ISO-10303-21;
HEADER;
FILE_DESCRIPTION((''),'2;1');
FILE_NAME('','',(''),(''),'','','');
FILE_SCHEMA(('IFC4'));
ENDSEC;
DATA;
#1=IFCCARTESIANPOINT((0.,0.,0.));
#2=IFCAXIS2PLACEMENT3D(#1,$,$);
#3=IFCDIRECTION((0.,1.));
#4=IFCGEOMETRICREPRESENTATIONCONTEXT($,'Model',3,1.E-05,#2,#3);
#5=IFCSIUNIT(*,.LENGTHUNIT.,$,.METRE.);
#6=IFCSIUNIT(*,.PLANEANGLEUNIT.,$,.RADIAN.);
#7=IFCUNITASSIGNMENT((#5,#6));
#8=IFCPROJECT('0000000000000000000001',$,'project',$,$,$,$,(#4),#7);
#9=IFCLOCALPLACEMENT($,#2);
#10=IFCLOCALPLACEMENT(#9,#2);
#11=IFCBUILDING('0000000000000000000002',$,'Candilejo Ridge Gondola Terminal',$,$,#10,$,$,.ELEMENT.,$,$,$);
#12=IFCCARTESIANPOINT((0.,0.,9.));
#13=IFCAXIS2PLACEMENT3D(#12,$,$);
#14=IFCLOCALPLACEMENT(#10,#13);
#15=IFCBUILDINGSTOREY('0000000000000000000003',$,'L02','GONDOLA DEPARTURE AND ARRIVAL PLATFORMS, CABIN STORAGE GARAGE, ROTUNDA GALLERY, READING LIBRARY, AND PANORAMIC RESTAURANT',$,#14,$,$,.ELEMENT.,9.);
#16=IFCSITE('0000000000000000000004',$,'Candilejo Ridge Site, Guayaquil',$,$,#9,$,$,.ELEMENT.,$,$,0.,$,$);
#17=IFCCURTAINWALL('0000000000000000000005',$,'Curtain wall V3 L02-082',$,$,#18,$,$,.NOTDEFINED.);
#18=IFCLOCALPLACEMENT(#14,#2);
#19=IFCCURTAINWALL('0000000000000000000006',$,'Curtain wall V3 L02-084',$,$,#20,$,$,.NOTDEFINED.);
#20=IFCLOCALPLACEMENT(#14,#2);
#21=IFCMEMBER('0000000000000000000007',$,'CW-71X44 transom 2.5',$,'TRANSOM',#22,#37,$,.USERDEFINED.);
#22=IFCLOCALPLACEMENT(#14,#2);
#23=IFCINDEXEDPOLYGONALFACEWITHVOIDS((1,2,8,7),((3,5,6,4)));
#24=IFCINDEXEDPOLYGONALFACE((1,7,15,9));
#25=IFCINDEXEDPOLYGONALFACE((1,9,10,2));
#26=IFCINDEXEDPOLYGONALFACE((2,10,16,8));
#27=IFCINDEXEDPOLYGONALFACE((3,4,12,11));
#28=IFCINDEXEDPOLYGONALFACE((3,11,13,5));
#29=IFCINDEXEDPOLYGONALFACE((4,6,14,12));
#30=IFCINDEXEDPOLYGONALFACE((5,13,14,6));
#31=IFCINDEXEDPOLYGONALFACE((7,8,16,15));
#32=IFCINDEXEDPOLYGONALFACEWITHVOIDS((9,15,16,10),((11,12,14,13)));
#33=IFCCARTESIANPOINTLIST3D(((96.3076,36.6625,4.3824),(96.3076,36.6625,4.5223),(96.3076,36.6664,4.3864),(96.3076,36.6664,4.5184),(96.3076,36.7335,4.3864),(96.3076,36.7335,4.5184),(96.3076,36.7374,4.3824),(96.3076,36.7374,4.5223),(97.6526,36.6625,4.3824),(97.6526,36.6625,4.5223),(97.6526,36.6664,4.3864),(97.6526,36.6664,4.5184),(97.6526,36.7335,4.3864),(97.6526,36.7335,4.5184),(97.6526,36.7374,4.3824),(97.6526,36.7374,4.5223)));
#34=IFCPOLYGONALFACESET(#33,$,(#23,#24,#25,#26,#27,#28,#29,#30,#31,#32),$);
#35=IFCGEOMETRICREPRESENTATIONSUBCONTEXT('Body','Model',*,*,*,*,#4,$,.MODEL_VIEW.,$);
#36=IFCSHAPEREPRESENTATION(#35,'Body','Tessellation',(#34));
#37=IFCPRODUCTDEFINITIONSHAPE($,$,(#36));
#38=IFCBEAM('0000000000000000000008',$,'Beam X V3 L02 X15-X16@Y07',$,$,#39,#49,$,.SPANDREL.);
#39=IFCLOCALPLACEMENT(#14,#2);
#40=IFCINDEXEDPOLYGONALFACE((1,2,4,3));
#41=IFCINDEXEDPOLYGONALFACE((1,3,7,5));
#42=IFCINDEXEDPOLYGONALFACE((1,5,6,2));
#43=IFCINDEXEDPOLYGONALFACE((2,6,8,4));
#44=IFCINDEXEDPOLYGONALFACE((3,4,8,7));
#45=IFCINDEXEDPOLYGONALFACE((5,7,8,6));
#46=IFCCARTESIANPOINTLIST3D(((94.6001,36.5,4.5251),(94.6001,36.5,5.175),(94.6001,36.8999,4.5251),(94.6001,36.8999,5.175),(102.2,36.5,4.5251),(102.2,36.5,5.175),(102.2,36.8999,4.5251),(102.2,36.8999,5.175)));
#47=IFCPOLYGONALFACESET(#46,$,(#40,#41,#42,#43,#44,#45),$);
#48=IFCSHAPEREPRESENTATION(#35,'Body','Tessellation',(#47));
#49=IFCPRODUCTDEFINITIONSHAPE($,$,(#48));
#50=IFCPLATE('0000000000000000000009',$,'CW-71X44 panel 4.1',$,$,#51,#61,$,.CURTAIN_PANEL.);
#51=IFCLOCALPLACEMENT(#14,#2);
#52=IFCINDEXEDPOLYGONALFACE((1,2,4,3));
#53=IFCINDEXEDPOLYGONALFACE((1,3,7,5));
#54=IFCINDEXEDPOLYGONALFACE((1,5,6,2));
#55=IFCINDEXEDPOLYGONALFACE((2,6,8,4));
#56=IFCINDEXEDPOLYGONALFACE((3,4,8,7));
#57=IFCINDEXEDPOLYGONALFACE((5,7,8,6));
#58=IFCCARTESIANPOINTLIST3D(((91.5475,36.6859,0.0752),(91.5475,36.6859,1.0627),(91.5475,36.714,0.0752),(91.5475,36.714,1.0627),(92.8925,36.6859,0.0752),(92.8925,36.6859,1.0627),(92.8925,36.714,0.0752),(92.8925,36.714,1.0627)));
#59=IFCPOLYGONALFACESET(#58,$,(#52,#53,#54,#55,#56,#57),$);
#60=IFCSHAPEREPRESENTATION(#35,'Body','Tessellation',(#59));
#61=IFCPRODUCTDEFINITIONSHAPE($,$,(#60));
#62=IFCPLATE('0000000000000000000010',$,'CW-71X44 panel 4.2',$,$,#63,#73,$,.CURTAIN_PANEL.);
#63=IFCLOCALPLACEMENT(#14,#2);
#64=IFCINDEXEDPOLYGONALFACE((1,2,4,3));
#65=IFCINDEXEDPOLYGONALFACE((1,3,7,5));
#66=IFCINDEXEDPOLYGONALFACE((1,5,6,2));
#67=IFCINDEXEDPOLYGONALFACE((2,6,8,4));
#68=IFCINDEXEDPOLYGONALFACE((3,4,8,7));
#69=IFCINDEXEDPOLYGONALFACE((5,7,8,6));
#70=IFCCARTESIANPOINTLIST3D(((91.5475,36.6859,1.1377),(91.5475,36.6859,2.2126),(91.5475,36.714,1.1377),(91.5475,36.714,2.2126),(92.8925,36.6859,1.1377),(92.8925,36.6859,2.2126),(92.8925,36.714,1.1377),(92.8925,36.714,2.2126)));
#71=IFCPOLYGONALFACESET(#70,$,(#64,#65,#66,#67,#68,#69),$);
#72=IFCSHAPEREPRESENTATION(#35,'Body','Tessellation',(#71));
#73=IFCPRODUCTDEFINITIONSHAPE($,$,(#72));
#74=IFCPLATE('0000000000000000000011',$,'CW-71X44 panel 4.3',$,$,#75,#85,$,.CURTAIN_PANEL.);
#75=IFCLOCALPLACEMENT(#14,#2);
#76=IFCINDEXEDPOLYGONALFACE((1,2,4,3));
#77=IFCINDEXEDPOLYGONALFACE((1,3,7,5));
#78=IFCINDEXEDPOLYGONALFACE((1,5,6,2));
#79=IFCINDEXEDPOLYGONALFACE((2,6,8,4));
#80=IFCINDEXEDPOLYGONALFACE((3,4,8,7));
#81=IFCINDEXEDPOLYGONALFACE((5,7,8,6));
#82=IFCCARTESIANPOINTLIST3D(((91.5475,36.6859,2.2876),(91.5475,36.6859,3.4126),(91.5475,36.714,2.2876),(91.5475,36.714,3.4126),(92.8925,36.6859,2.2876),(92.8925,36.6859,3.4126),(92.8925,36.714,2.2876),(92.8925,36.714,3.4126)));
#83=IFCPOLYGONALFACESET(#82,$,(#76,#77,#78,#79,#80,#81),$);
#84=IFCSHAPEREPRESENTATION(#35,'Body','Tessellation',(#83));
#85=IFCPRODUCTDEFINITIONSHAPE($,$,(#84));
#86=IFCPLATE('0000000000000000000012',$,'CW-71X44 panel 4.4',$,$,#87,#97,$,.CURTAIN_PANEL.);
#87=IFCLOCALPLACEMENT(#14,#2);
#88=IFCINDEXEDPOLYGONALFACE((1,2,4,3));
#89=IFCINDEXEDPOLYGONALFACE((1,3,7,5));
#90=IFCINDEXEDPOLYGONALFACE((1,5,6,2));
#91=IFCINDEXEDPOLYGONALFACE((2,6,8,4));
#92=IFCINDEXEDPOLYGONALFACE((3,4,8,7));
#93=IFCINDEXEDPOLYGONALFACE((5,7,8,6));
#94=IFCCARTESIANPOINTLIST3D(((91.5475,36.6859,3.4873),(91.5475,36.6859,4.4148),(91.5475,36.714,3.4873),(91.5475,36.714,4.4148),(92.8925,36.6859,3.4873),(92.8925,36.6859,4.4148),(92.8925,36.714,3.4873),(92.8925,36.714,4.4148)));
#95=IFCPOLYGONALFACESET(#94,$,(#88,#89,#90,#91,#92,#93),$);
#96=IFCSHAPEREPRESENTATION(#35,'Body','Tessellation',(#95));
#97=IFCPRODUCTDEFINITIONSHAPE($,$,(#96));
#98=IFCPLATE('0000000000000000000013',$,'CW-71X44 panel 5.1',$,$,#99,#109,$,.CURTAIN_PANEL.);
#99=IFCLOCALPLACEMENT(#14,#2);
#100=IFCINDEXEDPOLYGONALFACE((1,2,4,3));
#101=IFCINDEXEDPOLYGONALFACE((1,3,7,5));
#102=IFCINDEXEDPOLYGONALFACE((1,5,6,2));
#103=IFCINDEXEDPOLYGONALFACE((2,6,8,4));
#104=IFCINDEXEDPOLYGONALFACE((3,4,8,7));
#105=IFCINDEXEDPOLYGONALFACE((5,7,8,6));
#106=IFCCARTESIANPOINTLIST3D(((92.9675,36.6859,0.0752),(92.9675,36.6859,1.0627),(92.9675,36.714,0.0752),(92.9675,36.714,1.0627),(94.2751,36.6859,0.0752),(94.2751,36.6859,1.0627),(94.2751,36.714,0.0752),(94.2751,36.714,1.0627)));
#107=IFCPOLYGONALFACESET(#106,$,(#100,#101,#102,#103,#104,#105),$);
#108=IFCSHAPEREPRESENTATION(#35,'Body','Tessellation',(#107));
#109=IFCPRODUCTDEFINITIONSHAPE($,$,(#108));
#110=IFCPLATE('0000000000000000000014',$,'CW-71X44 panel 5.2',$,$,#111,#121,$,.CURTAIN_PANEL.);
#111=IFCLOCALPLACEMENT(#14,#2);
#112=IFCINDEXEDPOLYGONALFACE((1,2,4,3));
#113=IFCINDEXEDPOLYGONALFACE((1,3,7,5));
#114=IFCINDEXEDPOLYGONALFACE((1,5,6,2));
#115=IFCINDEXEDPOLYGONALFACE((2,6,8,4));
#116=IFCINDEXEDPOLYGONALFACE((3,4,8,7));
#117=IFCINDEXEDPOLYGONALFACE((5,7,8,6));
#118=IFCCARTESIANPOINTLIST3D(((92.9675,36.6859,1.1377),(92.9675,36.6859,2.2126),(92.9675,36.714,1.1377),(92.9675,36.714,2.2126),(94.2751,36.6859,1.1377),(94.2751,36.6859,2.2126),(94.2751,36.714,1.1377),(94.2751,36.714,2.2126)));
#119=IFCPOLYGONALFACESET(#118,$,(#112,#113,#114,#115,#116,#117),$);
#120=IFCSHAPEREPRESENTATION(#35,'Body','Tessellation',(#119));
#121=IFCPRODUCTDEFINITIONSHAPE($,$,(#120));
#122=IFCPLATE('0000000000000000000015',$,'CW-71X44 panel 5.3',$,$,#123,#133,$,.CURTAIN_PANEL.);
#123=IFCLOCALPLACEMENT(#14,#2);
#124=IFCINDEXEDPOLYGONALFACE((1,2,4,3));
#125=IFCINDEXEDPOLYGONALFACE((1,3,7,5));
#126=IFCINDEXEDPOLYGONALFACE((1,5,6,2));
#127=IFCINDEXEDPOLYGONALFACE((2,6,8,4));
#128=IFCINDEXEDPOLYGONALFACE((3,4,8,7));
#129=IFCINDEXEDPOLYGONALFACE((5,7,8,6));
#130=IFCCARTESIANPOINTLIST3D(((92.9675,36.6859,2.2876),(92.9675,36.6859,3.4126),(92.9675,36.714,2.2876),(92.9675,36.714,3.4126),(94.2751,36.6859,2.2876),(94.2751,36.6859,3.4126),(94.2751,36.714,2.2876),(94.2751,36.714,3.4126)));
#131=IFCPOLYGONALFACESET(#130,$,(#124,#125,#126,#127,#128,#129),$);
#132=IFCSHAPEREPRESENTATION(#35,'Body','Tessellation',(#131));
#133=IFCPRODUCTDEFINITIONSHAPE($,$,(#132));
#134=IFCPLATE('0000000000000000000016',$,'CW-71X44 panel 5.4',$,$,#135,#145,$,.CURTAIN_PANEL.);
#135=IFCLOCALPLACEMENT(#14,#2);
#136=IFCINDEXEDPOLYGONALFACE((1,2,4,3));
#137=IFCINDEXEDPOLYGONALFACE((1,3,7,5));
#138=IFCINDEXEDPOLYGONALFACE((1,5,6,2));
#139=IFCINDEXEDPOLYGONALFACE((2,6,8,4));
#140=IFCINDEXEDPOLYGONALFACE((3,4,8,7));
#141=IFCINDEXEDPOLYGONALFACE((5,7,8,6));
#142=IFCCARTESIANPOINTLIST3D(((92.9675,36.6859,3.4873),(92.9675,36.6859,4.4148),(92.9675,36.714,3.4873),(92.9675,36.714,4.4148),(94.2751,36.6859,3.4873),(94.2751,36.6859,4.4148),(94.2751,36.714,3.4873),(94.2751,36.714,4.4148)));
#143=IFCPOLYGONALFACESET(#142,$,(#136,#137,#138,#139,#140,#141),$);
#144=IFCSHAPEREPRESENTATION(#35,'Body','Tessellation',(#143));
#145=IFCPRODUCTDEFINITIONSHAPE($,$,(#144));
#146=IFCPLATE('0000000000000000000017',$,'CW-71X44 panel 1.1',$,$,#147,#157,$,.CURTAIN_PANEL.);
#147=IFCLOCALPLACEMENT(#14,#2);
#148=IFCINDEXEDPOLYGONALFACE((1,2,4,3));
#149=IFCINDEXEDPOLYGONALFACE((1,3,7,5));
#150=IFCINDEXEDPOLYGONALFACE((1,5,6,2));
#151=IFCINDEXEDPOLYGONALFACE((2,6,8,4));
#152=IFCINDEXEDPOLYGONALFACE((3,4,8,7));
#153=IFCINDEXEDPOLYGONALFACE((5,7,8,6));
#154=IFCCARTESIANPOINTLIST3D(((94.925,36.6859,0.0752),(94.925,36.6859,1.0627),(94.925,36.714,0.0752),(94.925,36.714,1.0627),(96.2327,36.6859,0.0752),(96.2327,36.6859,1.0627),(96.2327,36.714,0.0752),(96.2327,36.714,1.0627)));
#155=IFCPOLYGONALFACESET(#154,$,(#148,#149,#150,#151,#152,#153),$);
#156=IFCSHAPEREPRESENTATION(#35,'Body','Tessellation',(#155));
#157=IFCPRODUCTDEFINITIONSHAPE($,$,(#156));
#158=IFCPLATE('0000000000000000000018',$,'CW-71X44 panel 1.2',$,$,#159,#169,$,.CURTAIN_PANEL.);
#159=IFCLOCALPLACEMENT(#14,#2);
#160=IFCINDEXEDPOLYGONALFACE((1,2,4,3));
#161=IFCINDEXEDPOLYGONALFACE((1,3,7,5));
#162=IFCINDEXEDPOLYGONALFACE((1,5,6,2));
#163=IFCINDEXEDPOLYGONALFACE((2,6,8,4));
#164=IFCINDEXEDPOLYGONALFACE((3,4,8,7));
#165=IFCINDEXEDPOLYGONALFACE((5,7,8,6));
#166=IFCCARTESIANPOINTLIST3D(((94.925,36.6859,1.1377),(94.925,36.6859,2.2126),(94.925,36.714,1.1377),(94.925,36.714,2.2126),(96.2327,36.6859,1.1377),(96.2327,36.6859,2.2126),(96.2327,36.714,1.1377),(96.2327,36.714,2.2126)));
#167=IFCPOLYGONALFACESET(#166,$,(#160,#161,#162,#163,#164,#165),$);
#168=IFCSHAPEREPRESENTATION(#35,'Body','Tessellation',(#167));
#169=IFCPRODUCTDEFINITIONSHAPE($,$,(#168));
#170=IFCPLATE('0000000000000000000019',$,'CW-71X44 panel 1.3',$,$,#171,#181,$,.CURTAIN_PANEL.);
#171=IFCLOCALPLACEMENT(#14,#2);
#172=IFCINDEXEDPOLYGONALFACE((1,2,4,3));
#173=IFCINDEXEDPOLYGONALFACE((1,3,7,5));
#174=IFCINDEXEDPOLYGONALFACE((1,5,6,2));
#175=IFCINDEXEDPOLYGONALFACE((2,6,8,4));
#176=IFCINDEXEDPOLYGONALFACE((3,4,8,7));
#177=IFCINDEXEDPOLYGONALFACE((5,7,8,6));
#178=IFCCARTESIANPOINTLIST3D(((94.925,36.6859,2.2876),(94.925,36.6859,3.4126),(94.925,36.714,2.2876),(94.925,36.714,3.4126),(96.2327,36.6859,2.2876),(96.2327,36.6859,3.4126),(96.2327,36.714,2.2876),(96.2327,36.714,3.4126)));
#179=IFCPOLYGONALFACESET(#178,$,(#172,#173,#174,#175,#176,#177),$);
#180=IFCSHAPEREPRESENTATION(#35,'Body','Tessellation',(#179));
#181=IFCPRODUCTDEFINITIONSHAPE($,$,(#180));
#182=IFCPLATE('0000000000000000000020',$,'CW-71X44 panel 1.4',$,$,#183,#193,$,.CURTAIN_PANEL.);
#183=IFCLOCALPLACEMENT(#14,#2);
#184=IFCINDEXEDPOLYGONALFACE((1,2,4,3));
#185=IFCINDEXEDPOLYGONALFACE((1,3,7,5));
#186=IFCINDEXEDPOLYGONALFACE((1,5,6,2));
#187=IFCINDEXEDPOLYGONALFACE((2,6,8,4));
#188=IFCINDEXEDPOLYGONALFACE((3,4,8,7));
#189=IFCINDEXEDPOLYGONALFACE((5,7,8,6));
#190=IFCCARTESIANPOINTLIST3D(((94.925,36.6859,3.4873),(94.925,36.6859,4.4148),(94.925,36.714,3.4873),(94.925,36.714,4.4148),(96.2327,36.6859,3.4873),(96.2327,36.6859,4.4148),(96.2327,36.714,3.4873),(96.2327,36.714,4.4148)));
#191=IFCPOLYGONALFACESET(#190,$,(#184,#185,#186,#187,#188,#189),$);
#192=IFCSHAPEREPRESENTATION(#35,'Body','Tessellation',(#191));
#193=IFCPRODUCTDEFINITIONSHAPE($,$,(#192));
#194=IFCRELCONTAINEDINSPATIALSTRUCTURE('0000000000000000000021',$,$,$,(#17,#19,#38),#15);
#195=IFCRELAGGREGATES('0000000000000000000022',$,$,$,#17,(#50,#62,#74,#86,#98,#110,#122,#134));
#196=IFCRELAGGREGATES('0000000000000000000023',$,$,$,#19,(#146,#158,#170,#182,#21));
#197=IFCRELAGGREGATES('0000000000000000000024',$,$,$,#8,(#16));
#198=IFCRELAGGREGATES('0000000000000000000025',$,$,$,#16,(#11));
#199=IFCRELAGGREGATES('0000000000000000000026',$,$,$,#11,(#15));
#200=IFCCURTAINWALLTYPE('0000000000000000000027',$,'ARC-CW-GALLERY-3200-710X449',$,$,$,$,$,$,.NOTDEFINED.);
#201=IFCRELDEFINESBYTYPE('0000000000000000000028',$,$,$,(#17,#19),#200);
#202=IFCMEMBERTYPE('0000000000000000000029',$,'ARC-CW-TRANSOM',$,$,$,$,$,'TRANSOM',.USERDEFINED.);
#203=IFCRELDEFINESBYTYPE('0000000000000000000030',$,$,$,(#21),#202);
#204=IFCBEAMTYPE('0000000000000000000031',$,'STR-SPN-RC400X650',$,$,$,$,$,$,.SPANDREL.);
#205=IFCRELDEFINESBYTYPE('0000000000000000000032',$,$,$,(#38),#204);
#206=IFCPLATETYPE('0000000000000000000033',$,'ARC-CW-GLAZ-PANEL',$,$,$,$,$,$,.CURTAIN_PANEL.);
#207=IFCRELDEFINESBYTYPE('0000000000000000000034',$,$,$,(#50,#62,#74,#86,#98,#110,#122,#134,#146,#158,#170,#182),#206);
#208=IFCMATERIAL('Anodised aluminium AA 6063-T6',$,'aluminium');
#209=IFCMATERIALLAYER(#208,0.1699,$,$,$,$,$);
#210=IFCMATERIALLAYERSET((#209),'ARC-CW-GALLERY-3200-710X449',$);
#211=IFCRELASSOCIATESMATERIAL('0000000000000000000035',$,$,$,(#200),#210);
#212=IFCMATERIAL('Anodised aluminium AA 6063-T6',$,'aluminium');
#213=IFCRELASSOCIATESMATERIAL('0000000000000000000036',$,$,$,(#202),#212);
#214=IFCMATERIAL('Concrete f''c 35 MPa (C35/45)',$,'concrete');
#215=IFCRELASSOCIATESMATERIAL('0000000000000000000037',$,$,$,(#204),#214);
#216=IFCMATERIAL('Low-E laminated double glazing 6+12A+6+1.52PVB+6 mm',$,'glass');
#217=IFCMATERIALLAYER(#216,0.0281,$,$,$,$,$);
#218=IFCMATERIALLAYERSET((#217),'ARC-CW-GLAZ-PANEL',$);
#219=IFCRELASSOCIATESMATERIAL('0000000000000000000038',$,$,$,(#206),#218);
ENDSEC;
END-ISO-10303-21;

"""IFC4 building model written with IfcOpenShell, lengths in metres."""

from ifc_helpers import new_model, si_unit, direction, frame, origin, origin_2d, place, context, subcontext, project, spatial, rectangle, hollow_rectangle, extrude, material, layer, layer_set, material_profile, profile_set, type_object, element, aggregate, save


model = new_model("IFC4")

# Units and contexts
model_context = context("Model", 3, precision=1e-05, world=origin(), true_north=direction((0.0, 1.0)))
body_context = subcontext(model_context, "Body", "Model", "MODEL_VIEW")
ifc_project = project(units=[si_unit("LENGTHUNIT", "METRE"), si_unit("PLANEANGLEUNIT", "RADIAN")], contexts=[model_context])

# Site, building, storey
site_placement = place(None, origin())
site = spatial("IfcSite", under=ifc_project, at=site_placement, Name="Candilejo Ridge Site, Guayaquil", CompositionType="ELEMENT", RefElevation=0.0)
building_placement = place(site_placement, origin())
building = spatial("IfcBuilding", under=site, at=building_placement, Name="Candilejo Ridge Gondola Terminal", CompositionType="ELEMENT")
storey_placement = place(building_placement, frame((0.0, 0.0, 9.0)))
storey = spatial("IfcBuildingStorey", under=building, at=storey_placement, Name="L02", Description="GONDOLA DEPARTURE AND ARRIVAL PLATFORMS, CABIN STORAGE GARAGE, ROTUNDA GALLERY, READING LIBRARY, AND PANORAMIC RESTAURANT", CompositionType="ELEMENT", Elevation=9.0)

# Curtain walls
ifc_material_1 = material(Name="Anodised aluminium AA 6063-T6", Category="aluminium")
ifc_layer_1 = layer(ifc_material_1, 0.1699)
ifc_layer_set_1 = layer_set([ifc_layer_1], Name="ARC-CW-GALLERY-3200-710X449")
curtain_wall_type = type_object("IfcCurtainWallType", Name="ARC-CW-GALLERY-3200-710X449", PredefinedType="NOTDEFINED", material=ifc_layer_set_1)
curtain_wall_1_placement = place(storey_placement, origin())
curtain_wall_1 = element("IfcCurtainWall", 1, at=curtain_wall_1_placement, inside=storey, type_object=curtain_wall_type, Name="Curtain wall V3 L02-082", PredefinedType="NOTDEFINED")
curtain_wall_2_placement = place(storey_placement, origin())
curtain_wall_2 = element("IfcCurtainWall", 2, at=curtain_wall_2_placement, inside=storey, type_object=curtain_wall_type, Name="Curtain wall V3 L02-084", PredefinedType="NOTDEFINED")

# Member
ifc_material_2 = material(Name="Anodised aluminium AA 6063-T6", Category="aluminium")
ifc_material_profile_1 = material_profile(ifc_material_2, hollow_rectangle(XDim=0.075, YDim=0.1399, WallThickness=0.0039, at=origin_2d()))
ifc_profile_set_1 = profile_set([ifc_material_profile_1], Name="Anodised aluminium AA 6063-T6")
member_type_1 = type_object("IfcMemberType", Name="ARC-CW-TRANSOM", ElementType="TRANSOM", PredefinedType="USERDEFINED", material=ifc_profile_set_1)
member_1_placement = place(storey_placement, frame((96.3076, 36.7, 4.4524), z_axis=(1.0, 0.0, 0.0), x_axis=(0.0, 1.0, 0.0)))
member_1 = element("IfcMember", 3, at=member_1_placement, type_object=member_type_1, Name="CW-71X44 transom 2.5", ObjectType="TRANSOM", PredefinedType="USERDEFINED", context=body_context, shape_type="SweptSolid", body=[
    extrude(hollow_rectangle(XDim=0.075, YDim=0.1399, WallThickness=0.0039, at=origin_2d()), origin(), (0.0, 0.0, 1.0), 1.345),
])

# Beam
ifc_material_3 = material(Name="Concrete f'c 35 MPa (C35/45)", Category="concrete")
ifc_material_profile_2 = material_profile(ifc_material_3, rectangle(XDim=0.3999, YDim=0.6499, at=origin_2d()))
ifc_profile_set_2 = profile_set([ifc_material_profile_2], Name="Concrete f'c 35 MPa (C35/45)")
beam_type = type_object("IfcBeamType", Name="STR-SPN-RC400X650", PredefinedType="SPANDREL", material=ifc_profile_set_2)
beam_placement = place(storey_placement, frame((94.6001, 36.7, 4.8501), z_axis=(1.0, 0.0, 0.0), x_axis=(0.0, 1.0, 0.0)))
element("IfcBeam", 4, at=beam_placement, inside=storey, type_object=beam_type, Name="Beam X V3 L02 X15-X16@Y07", PredefinedType="SPANDREL", context=body_context, shape_type="SweptSolid", body=[
    extrude(rectangle(XDim=0.3999, YDim=0.6499, at=origin_2d()), origin(), (0.0, 0.0, 1.0), 7.5999),
])

# Plates
ifc_material_4 = material(Name="Low-E laminated double glazing 6+12A+6+1.52PVB+6 mm", Category="glass")
ifc_layer_2 = layer(ifc_material_4, 0.0281)
ifc_layer_set_2 = layer_set([ifc_layer_2], Name="ARC-CW-GLAZ-PANEL")
plate_type = type_object("IfcPlateType", Name="ARC-CW-GLAZ-PANEL", PredefinedType="CURTAIN_PANEL", material=ifc_layer_set_2)
plate_1_placement = place(storey_placement, frame((92.22, 36.7, 0.0752), z_axis=(0.0, 0.0, 1.0), x_axis=(1.0, 0.0, 0.0)))
plate_1 = element("IfcPlate", 5, at=plate_1_placement, type_object=plate_type, Name="CW-71X44 panel 4.1", PredefinedType="CURTAIN_PANEL", context=body_context, shape_type="SweptSolid", body=[
    extrude(rectangle(XDim=1.345, YDim=0.0281, at=origin_2d()), origin(), (0.0, 0.0, 1.0), 0.9875),
])
plate_2_placement = place(storey_placement, frame((92.22, 36.7, 1.1377), z_axis=(0.0, 0.0, 1.0), x_axis=(1.0, 0.0, 0.0)))
plate_2 = element("IfcPlate", 6, at=plate_2_placement, type_object=plate_type, Name="CW-71X44 panel 4.2", PredefinedType="CURTAIN_PANEL", context=body_context, shape_type="SweptSolid", body=[
    extrude(rectangle(XDim=1.345, YDim=0.0281, at=origin_2d()), origin(), (0.0, 0.0, 1.0), 1.075),
])
plate_3_placement = place(storey_placement, frame((92.22, 36.7, 2.2876), z_axis=(0.0, 0.0, 1.0), x_axis=(1.0, 0.0, 0.0)))
plate_3 = element("IfcPlate", 7, at=plate_3_placement, type_object=plate_type, Name="CW-71X44 panel 4.3", PredefinedType="CURTAIN_PANEL", context=body_context, shape_type="SweptSolid", body=[
    extrude(rectangle(XDim=1.345, YDim=0.0281, at=origin_2d()), origin(), (0.0, 0.0, 1.0), 1.125),
])
plate_4_placement = place(storey_placement, frame((92.22, 36.7, 3.4873), z_axis=(0.0, 0.0, 1.0), x_axis=(1.0, 0.0, 0.0)))
plate_4 = element("IfcPlate", 8, at=plate_4_placement, type_object=plate_type, Name="CW-71X44 panel 4.4", PredefinedType="CURTAIN_PANEL", context=body_context, shape_type="SweptSolid", body=[
    extrude(rectangle(XDim=1.345, YDim=0.0281, at=origin_2d()), origin(), (0.0, 0.0, 1.0), 0.9275),
])
plate_5_placement = place(storey_placement, frame((93.6213, 36.7, 0.0752), z_axis=(0.0, 0.0, 1.0), x_axis=(1.0, 0.0, 0.0)))
plate_5 = element("IfcPlate", 9, at=plate_5_placement, type_object=plate_type, Name="CW-71X44 panel 5.1", PredefinedType="CURTAIN_PANEL", context=body_context, shape_type="SweptSolid", body=[
    extrude(rectangle(XDim=1.3076, YDim=0.0281, at=origin_2d()), origin(), (0.0, 0.0, 1.0), 0.9875),
])
plate_6_placement = place(storey_placement, frame((93.6213, 36.7, 1.1377), z_axis=(0.0, 0.0, 1.0), x_axis=(1.0, 0.0, 0.0)))
plate_6 = element("IfcPlate", 10, at=plate_6_placement, type_object=plate_type, Name="CW-71X44 panel 5.2", PredefinedType="CURTAIN_PANEL", context=body_context, shape_type="SweptSolid", body=[
    extrude(rectangle(XDim=1.3076, YDim=0.0281, at=origin_2d()), origin(), (0.0, 0.0, 1.0), 1.075),
])
plate_7_placement = place(storey_placement, frame((93.6213, 36.7, 2.2876), z_axis=(0.0, 0.0, 1.0), x_axis=(1.0, 0.0, 0.0)))
plate_7 = element("IfcPlate", 11, at=plate_7_placement, type_object=plate_type, Name="CW-71X44 panel 5.3", PredefinedType="CURTAIN_PANEL", context=body_context, shape_type="SweptSolid", body=[
    extrude(rectangle(XDim=1.3076, YDim=0.0281, at=origin_2d()), origin(), (0.0, 0.0, 1.0), 1.125),
])
plate_8_placement = place(storey_placement, frame((93.6213, 36.7, 3.4873), z_axis=(0.0, 0.0, 1.0), x_axis=(1.0, 0.0, 0.0)))
plate_8 = element("IfcPlate", 12, at=plate_8_placement, type_object=plate_type, Name="CW-71X44 panel 5.4", PredefinedType="CURTAIN_PANEL", context=body_context, shape_type="SweptSolid", body=[
    extrude(rectangle(XDim=1.3076, YDim=0.0281, at=origin_2d()), origin(), (0.0, 0.0, 1.0), 0.9275),
])
aggregate(curtain_wall_1, [plate_1, plate_2, plate_3, plate_4, plate_5, plate_6, plate_7, plate_8])
plate_9_placement = place(storey_placement, frame((95.5789, 36.7, 0.0752), z_axis=(0.0, 0.0, 1.0), x_axis=(1.0, 0.0, 0.0)))
plate_9 = element("IfcPlate", 13, at=plate_9_placement, type_object=plate_type, Name="CW-71X44 panel 1.1", PredefinedType="CURTAIN_PANEL", context=body_context, shape_type="SweptSolid", body=[
    extrude(rectangle(XDim=1.3076, YDim=0.0281, at=origin_2d()), origin(), (0.0, 0.0, 1.0), 0.9875),
])
plate_10_placement = place(storey_placement, frame((95.5789, 36.7, 1.1377), z_axis=(0.0, 0.0, 1.0), x_axis=(1.0, 0.0, 0.0)))
plate_10 = element("IfcPlate", 14, at=plate_10_placement, type_object=plate_type, Name="CW-71X44 panel 1.2", PredefinedType="CURTAIN_PANEL", context=body_context, shape_type="SweptSolid", body=[
    extrude(rectangle(XDim=1.3076, YDim=0.0281, at=origin_2d()), origin(), (0.0, 0.0, 1.0), 1.075),
])
plate_11_placement = place(storey_placement, frame((95.5789, 36.7, 2.2876), z_axis=(0.0, 0.0, 1.0), x_axis=(1.0, 0.0, 0.0)))
plate_11 = element("IfcPlate", 15, at=plate_11_placement, type_object=plate_type, Name="CW-71X44 panel 1.3", PredefinedType="CURTAIN_PANEL", context=body_context, shape_type="SweptSolid", body=[
    extrude(rectangle(XDim=1.3076, YDim=0.0281, at=origin_2d()), origin(), (0.0, 0.0, 1.0), 1.125),
])
plate_12_placement = place(storey_placement, frame((95.5789, 36.7, 3.4873), z_axis=(0.0, 0.0, 1.0), x_axis=(1.0, 0.0, 0.0)))
plate_12 = element("IfcPlate", 16, at=plate_12_placement, type_object=plate_type, Name="CW-71X44 panel 1.4", PredefinedType="CURTAIN_PANEL", context=body_context, shape_type="SweptSolid", body=[
    extrude(rectangle(XDim=1.3076, YDim=0.0281, at=origin_2d()), origin(), (0.0, 0.0, 1.0), 0.9275),
])
aggregate(curtain_wall_2, [plate_9, plate_10, plate_11, plate_12, member_1])

save(model, "model.ifc")
